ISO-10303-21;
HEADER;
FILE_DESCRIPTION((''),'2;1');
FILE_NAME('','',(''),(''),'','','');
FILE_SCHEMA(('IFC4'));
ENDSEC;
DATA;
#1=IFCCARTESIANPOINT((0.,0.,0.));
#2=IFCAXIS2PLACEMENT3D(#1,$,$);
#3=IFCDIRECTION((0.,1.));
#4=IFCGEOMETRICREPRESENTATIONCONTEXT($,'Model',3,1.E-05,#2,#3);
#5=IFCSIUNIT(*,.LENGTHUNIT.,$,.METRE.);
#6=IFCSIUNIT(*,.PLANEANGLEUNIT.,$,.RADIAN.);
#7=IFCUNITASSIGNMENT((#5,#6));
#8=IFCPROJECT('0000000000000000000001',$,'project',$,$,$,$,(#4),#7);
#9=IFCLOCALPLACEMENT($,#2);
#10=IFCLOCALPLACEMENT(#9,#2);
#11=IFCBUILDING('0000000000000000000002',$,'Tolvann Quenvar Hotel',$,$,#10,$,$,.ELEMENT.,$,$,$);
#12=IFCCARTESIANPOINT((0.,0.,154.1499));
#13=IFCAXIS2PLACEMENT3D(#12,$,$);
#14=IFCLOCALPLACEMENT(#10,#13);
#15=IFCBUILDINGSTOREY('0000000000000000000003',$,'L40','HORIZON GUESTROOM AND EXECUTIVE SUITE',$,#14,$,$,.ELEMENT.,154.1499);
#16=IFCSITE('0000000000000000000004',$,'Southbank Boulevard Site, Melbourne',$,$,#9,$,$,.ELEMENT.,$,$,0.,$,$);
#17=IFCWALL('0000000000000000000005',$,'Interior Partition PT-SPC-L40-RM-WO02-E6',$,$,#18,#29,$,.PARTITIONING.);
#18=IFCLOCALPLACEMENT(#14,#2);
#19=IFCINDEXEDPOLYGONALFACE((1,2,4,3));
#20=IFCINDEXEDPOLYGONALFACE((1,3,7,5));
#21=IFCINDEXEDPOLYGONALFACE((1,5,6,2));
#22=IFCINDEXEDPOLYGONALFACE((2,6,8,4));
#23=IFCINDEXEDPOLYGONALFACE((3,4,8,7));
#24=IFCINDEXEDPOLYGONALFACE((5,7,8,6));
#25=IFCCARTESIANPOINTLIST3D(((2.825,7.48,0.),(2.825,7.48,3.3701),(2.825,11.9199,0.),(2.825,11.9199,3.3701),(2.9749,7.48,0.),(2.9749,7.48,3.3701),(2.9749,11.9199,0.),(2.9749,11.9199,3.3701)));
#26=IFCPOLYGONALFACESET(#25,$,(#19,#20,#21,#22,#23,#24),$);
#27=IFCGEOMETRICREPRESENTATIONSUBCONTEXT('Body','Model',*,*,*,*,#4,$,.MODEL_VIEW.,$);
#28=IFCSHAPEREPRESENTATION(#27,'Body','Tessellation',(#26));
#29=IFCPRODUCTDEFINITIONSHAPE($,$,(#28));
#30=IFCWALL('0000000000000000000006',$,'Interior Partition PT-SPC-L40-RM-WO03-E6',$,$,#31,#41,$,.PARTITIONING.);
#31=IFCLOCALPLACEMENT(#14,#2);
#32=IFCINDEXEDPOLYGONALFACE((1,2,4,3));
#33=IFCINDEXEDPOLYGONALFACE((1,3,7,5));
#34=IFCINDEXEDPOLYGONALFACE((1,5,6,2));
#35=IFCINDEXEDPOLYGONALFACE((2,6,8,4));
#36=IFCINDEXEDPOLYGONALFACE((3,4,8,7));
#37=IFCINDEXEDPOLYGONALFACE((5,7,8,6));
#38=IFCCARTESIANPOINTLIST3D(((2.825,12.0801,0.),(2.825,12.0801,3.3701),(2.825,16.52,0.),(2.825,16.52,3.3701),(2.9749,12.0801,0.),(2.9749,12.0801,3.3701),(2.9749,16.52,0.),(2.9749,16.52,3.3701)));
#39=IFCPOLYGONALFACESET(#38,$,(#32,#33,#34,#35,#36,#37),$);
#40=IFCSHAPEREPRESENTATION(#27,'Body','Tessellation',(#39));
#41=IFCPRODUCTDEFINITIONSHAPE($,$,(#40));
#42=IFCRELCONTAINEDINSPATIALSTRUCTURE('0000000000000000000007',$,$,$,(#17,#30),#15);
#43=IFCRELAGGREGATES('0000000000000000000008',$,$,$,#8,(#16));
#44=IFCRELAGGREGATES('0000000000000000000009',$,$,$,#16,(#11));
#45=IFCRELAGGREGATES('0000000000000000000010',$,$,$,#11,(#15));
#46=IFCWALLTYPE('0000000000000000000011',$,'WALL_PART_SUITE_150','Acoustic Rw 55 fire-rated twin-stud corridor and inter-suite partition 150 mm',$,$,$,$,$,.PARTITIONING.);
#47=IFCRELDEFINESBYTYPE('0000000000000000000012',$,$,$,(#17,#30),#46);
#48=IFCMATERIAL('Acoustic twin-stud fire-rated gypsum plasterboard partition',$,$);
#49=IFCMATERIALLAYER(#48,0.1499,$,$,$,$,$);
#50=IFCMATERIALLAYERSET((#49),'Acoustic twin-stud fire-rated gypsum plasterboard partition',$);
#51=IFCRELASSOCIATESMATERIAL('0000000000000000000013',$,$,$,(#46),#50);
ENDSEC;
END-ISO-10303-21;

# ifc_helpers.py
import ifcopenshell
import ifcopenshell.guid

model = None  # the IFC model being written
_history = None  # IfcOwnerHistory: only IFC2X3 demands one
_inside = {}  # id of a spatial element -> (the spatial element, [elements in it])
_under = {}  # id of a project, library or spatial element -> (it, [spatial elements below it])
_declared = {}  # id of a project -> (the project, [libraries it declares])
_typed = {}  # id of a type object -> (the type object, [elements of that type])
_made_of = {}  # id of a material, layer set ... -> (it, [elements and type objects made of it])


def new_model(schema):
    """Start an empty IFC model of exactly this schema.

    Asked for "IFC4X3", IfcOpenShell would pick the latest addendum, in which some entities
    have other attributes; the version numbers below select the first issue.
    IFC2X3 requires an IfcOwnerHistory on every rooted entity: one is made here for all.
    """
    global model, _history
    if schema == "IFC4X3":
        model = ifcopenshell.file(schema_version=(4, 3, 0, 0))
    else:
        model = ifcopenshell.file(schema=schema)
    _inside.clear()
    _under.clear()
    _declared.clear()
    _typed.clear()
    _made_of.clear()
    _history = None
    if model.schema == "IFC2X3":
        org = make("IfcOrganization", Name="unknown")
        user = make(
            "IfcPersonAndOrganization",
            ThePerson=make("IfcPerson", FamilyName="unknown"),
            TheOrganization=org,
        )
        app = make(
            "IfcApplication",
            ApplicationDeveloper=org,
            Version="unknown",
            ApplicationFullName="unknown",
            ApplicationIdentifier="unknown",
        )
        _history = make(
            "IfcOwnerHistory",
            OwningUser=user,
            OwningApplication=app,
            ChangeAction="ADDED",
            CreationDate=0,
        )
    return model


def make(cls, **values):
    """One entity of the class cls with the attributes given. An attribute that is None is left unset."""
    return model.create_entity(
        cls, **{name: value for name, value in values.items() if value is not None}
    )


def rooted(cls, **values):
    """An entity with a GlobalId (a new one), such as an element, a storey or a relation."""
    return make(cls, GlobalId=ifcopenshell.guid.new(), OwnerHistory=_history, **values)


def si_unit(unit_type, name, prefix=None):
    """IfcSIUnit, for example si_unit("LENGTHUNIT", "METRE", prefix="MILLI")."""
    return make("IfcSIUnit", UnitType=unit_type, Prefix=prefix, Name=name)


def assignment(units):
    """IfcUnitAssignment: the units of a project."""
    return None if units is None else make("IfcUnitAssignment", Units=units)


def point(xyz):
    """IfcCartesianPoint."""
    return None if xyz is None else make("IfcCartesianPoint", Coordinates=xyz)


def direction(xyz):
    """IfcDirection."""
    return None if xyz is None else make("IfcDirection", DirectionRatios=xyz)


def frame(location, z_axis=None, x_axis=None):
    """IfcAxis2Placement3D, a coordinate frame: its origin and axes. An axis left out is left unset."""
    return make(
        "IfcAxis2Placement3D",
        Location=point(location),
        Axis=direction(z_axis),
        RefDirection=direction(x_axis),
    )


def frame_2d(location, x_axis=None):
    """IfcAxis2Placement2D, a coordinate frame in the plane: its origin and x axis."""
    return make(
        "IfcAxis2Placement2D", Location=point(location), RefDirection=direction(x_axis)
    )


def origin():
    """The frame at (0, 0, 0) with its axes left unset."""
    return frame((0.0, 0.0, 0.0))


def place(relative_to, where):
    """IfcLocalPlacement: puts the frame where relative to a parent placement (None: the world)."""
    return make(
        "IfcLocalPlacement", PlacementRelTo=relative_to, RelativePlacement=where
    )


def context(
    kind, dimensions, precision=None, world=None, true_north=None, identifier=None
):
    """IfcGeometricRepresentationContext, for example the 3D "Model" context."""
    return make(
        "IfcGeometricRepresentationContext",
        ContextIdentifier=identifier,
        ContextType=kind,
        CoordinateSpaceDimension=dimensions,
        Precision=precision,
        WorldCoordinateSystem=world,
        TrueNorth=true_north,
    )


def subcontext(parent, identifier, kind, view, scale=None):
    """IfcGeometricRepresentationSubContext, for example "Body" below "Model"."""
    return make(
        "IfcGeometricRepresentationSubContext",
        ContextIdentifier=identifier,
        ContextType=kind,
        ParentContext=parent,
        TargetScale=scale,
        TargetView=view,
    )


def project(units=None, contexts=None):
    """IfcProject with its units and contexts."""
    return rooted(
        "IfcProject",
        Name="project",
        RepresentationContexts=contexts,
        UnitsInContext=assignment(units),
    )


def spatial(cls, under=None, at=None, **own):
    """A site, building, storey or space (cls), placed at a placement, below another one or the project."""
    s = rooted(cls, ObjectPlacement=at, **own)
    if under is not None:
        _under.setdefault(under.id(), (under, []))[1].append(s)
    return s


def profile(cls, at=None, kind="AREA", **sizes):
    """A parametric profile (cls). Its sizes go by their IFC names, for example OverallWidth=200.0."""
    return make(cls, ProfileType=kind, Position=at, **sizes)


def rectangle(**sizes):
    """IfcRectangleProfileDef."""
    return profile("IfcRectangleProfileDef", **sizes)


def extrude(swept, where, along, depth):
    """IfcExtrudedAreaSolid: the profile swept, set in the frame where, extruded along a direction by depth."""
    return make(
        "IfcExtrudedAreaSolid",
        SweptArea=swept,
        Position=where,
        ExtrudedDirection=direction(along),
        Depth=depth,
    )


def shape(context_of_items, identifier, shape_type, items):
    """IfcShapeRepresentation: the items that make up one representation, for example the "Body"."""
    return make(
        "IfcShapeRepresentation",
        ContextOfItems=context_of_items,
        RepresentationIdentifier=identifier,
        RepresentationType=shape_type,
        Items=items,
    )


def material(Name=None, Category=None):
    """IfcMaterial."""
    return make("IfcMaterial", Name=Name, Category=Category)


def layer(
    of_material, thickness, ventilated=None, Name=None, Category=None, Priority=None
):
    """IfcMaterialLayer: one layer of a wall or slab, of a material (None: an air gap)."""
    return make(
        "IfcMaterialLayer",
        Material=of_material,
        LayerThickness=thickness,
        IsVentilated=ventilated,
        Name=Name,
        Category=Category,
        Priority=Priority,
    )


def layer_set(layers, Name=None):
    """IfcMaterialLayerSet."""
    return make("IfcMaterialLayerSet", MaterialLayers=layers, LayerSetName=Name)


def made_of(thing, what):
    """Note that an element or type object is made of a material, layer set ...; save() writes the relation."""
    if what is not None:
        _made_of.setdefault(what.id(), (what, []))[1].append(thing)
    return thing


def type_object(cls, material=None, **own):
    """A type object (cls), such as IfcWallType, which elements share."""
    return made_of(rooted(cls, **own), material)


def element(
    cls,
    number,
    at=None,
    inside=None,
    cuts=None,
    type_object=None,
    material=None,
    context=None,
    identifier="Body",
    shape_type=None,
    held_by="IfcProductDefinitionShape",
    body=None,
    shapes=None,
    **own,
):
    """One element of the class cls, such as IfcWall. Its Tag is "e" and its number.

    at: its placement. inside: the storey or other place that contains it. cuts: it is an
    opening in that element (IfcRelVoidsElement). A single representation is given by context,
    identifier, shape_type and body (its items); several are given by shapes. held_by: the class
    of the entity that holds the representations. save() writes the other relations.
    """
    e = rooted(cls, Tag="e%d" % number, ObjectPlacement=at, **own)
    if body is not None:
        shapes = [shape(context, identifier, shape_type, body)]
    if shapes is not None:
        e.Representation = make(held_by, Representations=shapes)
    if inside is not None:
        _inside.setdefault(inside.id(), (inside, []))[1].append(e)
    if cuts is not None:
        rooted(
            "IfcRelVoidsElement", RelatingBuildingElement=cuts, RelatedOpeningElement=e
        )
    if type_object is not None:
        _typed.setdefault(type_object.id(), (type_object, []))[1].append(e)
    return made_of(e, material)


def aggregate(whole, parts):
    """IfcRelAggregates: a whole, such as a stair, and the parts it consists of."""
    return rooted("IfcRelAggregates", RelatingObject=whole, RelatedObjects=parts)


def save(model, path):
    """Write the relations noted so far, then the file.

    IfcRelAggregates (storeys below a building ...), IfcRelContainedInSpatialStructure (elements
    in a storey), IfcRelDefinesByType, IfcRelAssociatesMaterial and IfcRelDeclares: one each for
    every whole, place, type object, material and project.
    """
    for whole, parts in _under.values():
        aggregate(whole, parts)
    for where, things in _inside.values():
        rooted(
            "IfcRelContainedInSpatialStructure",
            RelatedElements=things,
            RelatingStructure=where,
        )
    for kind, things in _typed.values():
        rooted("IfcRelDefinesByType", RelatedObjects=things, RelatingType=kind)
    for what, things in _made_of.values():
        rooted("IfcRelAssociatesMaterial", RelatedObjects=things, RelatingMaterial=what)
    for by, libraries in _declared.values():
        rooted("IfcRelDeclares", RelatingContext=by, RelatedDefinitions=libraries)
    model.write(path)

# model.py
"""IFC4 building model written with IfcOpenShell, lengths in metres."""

from ifc_helpers import new_model, si_unit, direction, frame, frame_2d, origin, place, context, subcontext, project, spatial, rectangle, extrude, material, layer, layer_set, type_object, element, save


model = new_model("IFC4")

# Units and contexts
model_context = context("Model", 3, precision=1e-05, world=origin(), true_north=direction((0.0, 1.0)))
body_context = subcontext(model_context, "Body", "Model", "MODEL_VIEW")
ifc_project = project(units=[si_unit("LENGTHUNIT", "METRE"), si_unit("PLANEANGLEUNIT", "RADIAN")], contexts=[model_context])

# Site, building, storey
site_placement = place(None, origin())
site = spatial("IfcSite", under=ifc_project, at=site_placement, Name="Southbank Boulevard Site, Melbourne", CompositionType="ELEMENT", RefElevation=0.0)
building_placement = place(site_placement, origin())
building = spatial("IfcBuilding", under=site, at=building_placement, Name="Tolvann Quenvar Hotel", CompositionType="ELEMENT")
storey_placement = place(building_placement, frame((0.0, 0.0, 154.1499)))
storey = spatial("IfcBuildingStorey", under=building, at=storey_placement, Name="L40", Description="HORIZON GUESTROOM AND EXECUTIVE SUITE", CompositionType="ELEMENT", Elevation=154.1499)

# Walls
ifc_material_1 = material(Name="Acoustic twin-stud fire-rated gypsum plasterboard partition")
ifc_layer_1 = layer(ifc_material_1, 0.1499)
ifc_layer_set_1 = layer_set([ifc_layer_1], Name="Acoustic twin-stud fire-rated gypsum plasterboard partition")
wall_type_1 = type_object("IfcWallType", Name="WALL_PART_SUITE_150", Description="Acoustic Rw 55 fire-rated twin-stud corridor and inter-suite partition 150 mm", PredefinedType="PARTITIONING", material=ifc_layer_set_1)
for number, where, z_axis, x_axis, name in (
    (1, (2.8999, 7.48, 0.0), (0.0, 0.0, 1.0), (0.0, 1.0, 0.0), "Interior Partition PT-SPC-L40-RM-WO02-E6"),
    (2, (2.8999, 12.0801, 0.0), (0.0, 0.0, 1.0), (0.0, 1.0, 0.0), "Interior Partition PT-SPC-L40-RM-WO03-E6"),
):
    element("IfcWall", number, at=place(storey_placement, frame(where, z_axis=z_axis, x_axis=x_axis)), inside=storey, type_object=wall_type_1, Name=name, PredefinedType="PARTITIONING", context=body_context, shape_type="SweptSolid", body=[
        extrude(rectangle(XDim=4.4399, YDim=0.1499, at=frame_2d((2.22, 0.0))), origin(), (0.0, 0.0, 1.0), 3.3701),
    ])

save(model, "model.ifc")
